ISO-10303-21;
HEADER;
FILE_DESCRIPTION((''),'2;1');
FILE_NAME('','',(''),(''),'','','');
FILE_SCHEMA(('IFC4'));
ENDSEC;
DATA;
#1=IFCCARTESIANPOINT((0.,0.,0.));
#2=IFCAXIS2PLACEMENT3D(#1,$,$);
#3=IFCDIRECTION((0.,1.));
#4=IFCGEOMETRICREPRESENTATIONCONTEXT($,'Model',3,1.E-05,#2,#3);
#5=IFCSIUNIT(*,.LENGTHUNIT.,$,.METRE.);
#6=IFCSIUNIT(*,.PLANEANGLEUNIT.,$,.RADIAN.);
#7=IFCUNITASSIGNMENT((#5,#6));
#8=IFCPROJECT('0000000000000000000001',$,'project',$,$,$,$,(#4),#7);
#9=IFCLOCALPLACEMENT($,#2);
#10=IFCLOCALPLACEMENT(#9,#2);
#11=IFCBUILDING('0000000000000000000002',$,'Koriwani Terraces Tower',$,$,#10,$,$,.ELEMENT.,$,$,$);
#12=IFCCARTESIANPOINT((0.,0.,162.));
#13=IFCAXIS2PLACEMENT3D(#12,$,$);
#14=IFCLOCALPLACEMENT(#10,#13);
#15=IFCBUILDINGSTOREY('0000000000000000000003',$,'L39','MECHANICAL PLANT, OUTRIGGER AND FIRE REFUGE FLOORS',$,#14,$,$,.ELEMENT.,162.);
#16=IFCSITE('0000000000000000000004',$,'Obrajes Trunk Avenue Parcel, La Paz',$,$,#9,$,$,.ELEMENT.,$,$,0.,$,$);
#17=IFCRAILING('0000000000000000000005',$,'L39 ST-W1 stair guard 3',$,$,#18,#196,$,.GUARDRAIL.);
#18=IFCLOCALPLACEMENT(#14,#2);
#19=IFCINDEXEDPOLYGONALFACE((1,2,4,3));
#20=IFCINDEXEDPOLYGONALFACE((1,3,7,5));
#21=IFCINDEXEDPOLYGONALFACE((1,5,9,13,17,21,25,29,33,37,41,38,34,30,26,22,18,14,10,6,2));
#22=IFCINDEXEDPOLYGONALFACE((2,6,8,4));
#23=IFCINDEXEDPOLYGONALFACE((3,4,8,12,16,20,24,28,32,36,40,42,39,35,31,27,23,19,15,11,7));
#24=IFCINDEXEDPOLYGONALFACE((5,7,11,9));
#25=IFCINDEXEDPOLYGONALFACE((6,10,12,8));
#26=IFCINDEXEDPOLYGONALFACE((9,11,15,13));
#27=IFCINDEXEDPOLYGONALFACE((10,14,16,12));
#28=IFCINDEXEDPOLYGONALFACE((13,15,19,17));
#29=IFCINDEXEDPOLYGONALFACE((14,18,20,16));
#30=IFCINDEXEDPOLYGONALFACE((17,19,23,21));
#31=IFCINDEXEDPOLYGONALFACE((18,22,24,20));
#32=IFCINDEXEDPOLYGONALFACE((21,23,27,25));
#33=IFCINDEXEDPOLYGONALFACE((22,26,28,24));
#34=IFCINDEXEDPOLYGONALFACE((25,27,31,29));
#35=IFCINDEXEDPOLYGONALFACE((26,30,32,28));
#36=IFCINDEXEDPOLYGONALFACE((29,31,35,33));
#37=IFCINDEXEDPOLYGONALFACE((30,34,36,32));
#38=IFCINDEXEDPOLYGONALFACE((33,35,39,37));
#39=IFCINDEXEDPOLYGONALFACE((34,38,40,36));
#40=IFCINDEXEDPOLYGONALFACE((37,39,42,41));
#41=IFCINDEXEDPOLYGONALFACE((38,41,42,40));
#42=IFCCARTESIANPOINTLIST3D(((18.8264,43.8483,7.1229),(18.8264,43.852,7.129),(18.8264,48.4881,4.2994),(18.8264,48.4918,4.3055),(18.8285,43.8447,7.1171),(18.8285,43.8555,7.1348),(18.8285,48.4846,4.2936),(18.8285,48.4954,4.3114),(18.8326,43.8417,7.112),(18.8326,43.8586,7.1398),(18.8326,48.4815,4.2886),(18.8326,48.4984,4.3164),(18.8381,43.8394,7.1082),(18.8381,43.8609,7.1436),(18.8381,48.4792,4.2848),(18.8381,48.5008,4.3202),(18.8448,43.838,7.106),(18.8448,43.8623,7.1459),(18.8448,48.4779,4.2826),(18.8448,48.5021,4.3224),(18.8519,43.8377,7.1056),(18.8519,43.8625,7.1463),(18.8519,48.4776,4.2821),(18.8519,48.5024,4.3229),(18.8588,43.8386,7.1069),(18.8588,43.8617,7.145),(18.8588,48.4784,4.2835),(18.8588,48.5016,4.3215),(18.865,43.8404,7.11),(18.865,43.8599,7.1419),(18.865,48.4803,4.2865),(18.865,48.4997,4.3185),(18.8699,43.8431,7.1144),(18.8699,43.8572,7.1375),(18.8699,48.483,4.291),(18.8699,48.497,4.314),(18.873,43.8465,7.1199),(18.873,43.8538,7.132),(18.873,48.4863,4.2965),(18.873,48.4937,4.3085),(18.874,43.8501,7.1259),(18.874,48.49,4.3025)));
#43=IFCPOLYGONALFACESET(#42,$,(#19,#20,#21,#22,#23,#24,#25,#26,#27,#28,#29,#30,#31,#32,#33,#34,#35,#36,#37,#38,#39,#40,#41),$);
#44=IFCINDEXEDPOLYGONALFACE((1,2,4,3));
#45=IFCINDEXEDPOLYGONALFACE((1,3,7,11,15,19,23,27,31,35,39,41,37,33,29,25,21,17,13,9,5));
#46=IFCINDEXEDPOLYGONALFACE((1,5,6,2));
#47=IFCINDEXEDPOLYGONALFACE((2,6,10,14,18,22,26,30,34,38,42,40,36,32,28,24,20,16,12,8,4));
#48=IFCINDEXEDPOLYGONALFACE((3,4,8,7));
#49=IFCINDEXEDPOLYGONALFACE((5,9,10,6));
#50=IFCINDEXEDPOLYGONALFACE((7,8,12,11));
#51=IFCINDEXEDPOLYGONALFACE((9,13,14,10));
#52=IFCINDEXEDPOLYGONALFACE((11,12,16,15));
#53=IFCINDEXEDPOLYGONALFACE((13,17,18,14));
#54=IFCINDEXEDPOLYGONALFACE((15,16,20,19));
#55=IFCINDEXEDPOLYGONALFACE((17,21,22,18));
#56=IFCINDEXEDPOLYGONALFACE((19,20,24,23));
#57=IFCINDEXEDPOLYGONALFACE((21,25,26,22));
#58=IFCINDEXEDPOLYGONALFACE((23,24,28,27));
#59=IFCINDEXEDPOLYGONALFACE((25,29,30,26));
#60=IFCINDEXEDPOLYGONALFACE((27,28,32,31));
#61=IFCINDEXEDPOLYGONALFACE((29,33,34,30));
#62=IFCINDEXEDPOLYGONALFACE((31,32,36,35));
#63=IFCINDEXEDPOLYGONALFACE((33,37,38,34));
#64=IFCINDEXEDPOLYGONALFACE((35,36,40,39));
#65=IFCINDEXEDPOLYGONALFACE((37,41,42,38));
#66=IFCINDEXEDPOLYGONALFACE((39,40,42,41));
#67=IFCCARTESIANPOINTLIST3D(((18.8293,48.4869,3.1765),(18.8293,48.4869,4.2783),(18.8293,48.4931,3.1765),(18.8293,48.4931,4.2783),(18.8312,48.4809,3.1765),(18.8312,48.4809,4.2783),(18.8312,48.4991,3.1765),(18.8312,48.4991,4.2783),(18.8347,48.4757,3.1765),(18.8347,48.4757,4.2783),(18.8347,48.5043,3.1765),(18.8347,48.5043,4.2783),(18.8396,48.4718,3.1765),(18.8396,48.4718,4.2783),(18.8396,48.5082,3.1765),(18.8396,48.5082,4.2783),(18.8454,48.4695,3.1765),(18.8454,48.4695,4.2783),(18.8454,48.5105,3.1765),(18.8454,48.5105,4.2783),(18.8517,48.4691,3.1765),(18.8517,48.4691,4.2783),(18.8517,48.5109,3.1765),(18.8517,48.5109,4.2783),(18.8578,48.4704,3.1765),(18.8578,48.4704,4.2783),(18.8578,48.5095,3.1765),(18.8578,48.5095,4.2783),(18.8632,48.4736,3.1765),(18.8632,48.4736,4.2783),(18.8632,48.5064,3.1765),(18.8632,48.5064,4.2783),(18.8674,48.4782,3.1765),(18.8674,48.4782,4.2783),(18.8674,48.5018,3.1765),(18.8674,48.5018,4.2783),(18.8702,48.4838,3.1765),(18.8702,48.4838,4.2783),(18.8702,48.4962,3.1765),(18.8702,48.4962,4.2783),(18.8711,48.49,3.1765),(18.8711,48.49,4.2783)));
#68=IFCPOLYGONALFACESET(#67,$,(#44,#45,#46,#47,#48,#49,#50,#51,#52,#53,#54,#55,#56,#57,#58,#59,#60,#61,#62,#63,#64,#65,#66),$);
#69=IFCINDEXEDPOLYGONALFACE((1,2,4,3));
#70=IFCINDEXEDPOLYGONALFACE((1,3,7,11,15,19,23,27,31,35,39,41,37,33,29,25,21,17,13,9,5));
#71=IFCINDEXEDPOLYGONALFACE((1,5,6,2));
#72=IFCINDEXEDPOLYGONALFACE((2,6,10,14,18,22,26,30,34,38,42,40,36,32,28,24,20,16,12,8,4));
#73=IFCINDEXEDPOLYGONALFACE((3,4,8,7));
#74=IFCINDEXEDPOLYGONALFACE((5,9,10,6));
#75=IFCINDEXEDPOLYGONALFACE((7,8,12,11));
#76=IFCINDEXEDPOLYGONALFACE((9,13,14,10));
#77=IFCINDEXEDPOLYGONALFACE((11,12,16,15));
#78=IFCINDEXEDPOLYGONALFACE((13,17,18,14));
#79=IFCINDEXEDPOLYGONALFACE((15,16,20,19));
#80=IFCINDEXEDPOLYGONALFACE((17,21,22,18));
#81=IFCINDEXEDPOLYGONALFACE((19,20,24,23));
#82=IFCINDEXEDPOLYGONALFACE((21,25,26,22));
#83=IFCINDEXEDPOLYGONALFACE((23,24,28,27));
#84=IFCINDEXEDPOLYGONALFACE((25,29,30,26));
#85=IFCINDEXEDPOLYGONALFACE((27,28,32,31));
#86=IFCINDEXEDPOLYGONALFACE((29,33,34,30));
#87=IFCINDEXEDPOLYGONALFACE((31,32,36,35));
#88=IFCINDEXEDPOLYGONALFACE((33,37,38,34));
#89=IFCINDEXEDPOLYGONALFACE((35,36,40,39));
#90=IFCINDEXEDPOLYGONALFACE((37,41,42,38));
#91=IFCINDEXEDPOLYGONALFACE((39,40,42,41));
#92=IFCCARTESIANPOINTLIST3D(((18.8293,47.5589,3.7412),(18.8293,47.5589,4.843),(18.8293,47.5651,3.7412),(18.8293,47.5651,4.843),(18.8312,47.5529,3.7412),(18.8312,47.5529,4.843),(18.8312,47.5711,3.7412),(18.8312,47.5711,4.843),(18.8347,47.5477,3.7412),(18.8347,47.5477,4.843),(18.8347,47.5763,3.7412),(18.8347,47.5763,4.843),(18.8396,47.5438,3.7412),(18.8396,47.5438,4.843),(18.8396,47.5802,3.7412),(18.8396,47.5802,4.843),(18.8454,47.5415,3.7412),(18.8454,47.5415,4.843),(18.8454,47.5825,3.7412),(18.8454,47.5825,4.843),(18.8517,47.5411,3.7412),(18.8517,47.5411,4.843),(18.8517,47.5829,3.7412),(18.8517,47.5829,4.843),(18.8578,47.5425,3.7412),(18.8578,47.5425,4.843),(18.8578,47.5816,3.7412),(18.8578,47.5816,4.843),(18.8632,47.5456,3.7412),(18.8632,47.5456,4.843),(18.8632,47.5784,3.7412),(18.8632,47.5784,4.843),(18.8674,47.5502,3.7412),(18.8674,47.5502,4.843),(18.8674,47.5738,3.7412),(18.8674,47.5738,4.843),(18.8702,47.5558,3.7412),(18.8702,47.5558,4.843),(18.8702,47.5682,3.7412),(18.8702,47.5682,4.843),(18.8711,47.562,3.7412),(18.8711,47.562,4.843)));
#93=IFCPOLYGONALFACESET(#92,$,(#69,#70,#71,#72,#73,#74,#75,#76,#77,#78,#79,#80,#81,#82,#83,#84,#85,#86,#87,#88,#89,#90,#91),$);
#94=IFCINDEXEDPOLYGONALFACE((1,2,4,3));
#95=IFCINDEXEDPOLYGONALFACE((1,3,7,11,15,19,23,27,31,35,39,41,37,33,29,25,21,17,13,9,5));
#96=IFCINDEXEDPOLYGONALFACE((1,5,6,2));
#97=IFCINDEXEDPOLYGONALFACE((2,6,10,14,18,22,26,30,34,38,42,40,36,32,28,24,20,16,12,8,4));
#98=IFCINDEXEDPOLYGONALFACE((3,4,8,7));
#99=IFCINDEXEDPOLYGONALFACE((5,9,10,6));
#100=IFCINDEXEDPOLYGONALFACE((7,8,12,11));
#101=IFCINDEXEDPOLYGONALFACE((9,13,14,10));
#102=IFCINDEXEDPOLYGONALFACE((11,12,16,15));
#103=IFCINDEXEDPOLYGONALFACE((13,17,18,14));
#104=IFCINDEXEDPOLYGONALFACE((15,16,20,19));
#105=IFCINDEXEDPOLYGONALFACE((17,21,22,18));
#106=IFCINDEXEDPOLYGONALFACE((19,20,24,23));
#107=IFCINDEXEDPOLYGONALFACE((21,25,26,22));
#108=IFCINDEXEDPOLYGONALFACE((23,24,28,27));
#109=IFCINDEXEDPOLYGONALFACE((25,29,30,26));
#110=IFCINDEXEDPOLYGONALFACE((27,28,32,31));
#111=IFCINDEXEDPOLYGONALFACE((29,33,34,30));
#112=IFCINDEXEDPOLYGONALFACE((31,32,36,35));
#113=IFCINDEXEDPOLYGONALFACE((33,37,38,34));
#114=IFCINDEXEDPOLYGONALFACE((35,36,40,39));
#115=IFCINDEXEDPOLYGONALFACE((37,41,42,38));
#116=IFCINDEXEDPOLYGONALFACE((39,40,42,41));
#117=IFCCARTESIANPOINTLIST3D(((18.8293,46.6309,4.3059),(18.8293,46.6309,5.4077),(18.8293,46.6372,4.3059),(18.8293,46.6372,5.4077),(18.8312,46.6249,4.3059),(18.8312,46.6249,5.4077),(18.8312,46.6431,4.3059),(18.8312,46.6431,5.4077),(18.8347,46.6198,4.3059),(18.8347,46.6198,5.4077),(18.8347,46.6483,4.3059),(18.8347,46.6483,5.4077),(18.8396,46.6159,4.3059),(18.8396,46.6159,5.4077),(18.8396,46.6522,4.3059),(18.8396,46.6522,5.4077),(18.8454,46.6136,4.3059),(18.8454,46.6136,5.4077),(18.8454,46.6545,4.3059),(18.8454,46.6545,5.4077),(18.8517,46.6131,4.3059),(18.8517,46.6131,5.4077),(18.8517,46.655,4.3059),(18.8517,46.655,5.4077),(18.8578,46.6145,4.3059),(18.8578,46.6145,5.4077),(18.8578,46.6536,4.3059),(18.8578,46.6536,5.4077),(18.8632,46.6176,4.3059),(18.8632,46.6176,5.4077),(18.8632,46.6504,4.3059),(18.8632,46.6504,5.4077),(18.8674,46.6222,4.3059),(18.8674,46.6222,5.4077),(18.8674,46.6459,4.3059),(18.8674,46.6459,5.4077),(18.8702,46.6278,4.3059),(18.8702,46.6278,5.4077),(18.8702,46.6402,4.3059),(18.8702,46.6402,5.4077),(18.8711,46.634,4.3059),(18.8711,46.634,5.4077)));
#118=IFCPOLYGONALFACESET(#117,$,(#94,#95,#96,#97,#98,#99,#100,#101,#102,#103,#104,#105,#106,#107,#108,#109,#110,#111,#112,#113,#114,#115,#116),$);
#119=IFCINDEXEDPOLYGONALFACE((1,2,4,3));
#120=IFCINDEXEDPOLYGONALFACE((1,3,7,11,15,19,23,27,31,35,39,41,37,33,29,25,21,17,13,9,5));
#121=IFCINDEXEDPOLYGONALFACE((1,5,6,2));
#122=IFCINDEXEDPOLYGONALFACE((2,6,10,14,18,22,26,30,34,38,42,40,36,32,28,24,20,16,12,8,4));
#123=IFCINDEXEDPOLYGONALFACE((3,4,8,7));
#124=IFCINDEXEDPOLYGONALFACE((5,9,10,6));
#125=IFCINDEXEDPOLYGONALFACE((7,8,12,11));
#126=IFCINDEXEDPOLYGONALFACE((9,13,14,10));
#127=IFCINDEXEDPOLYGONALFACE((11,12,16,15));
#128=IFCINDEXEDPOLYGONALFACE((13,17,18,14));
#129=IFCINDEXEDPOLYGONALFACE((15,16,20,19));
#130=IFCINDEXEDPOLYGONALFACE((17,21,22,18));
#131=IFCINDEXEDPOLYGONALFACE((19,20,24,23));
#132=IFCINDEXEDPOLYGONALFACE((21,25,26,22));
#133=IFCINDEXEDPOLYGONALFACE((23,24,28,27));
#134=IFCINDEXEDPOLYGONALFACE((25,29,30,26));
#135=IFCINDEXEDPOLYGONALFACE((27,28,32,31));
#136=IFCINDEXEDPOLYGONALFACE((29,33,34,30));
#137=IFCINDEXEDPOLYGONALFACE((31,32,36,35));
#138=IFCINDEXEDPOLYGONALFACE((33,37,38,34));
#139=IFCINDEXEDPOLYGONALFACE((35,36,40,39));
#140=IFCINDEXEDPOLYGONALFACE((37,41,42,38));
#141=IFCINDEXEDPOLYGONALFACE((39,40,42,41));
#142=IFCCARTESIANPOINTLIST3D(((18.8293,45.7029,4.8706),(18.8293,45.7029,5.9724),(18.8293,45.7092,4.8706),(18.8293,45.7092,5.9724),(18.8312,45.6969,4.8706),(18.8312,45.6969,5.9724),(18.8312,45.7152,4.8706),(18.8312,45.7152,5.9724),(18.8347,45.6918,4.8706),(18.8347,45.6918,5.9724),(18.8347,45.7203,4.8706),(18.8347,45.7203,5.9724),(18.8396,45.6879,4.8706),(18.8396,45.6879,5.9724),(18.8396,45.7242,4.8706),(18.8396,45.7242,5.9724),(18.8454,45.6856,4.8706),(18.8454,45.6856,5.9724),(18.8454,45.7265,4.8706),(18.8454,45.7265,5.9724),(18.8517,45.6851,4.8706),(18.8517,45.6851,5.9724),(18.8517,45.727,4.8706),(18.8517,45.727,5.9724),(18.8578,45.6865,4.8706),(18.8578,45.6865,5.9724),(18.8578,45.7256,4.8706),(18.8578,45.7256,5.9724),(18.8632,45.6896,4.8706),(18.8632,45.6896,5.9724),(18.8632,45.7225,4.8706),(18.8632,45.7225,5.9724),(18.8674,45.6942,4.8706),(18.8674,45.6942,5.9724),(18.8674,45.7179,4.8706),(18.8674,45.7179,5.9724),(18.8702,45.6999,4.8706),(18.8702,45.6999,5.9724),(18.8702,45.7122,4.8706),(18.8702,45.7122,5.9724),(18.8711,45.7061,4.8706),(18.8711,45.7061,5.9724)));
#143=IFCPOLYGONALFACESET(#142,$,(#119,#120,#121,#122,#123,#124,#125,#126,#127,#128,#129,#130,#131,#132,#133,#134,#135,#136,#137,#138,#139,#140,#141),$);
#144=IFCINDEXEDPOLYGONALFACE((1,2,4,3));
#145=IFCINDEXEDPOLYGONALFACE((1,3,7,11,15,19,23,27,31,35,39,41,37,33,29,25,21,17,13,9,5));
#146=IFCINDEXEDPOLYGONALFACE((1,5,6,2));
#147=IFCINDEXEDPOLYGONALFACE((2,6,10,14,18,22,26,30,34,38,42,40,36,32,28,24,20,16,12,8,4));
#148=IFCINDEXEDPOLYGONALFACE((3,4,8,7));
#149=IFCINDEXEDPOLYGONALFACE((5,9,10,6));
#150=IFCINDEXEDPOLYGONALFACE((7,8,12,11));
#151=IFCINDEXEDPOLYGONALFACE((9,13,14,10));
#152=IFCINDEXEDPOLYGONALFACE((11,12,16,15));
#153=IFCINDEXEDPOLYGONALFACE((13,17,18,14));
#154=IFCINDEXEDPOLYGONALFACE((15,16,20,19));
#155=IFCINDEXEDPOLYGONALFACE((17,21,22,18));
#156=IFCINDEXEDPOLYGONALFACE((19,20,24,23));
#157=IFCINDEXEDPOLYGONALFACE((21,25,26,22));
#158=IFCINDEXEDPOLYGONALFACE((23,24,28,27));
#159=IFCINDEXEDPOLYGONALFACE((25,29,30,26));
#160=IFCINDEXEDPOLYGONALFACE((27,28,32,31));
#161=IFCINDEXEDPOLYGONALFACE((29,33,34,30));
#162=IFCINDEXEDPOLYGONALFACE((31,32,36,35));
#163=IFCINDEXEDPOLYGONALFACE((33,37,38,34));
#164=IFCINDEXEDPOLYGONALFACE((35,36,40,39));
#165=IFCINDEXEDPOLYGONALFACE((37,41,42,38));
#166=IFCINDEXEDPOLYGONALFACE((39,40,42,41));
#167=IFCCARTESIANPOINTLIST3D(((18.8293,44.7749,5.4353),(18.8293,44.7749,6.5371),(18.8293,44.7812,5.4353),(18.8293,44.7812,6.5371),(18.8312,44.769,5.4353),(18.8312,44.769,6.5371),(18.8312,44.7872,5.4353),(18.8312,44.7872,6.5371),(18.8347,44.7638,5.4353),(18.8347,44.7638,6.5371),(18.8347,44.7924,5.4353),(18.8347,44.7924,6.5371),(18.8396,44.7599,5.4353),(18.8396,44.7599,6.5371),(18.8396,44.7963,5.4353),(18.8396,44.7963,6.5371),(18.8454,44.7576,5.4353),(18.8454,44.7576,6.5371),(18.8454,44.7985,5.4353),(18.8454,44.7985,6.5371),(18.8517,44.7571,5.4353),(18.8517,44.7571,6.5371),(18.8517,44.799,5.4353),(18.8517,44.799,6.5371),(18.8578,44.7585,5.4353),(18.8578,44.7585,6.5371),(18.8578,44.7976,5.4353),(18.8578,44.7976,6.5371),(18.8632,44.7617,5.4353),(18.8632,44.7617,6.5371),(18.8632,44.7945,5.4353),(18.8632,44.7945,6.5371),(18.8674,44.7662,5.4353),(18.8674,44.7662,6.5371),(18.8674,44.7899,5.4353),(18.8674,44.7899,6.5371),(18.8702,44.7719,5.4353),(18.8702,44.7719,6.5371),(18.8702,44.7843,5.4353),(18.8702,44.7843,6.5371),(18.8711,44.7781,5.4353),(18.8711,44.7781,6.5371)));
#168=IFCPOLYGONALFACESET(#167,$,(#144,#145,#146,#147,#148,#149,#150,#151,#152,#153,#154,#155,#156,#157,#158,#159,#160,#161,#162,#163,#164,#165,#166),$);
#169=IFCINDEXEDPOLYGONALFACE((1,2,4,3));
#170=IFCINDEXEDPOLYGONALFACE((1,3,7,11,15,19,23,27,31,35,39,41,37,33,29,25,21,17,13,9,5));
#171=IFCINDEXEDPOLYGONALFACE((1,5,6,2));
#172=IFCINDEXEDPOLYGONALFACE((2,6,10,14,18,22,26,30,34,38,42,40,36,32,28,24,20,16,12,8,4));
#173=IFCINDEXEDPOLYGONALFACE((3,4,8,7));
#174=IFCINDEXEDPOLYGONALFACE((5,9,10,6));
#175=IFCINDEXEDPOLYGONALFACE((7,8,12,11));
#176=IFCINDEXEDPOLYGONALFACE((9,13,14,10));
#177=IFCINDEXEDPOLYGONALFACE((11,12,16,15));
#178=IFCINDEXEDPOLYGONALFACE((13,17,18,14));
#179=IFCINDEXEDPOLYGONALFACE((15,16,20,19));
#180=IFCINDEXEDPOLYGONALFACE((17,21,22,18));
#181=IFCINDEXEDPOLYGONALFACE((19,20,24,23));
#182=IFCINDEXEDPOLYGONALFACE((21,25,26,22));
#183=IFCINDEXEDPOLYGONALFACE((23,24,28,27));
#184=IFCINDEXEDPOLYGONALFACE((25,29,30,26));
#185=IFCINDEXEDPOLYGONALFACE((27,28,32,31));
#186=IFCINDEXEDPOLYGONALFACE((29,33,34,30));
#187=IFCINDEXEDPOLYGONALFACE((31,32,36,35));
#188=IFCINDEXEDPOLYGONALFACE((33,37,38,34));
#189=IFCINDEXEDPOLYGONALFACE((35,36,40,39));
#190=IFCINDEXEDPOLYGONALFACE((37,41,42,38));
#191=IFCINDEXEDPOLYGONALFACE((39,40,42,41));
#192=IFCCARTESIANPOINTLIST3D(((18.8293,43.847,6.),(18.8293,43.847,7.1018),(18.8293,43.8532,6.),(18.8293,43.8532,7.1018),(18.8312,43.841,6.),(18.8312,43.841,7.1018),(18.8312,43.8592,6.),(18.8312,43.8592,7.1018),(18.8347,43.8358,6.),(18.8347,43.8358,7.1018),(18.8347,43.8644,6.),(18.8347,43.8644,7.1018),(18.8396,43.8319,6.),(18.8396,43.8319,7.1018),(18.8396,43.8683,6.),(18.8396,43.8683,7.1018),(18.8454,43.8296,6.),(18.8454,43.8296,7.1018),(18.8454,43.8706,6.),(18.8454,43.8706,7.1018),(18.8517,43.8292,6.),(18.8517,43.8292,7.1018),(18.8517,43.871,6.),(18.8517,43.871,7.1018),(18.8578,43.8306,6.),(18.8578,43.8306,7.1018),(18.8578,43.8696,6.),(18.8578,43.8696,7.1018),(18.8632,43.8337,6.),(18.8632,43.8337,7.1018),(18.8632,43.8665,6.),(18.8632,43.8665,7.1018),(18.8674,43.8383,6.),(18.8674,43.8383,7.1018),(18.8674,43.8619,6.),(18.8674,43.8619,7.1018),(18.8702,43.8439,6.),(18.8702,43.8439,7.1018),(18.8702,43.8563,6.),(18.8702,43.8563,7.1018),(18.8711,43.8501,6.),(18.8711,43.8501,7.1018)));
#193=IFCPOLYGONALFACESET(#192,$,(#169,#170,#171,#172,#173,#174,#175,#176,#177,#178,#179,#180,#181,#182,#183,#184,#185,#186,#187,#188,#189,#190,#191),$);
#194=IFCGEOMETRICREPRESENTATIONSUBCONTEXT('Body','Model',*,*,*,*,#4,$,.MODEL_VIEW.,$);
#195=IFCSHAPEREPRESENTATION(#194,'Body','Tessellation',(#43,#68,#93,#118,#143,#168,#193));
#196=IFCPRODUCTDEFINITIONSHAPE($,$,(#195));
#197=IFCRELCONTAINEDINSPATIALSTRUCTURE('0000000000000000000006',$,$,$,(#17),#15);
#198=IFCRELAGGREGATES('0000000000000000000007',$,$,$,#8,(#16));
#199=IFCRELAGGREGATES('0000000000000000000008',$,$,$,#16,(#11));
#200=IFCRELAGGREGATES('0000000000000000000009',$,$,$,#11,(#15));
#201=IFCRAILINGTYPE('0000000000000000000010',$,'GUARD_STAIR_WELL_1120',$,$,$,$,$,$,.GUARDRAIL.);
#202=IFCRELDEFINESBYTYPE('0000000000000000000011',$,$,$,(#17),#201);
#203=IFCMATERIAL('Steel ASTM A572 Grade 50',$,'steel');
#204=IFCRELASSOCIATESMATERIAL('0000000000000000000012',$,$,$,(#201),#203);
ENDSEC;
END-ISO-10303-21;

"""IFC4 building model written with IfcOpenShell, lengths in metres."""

from ifc_helpers import new_model, si_unit, direction, frame, origin, origin_2d, place, context, subcontext, project, spatial, circle, extrude, material, type_object, element, save


model = new_model("IFC4")

# Units and contexts
model_context = context("Model", 3, precision=1e-05, world=origin(), true_north=direction((0.0, 1.0)))
body_context = subcontext(model_context, "Body", "Model", "MODEL_VIEW")
ifc_project = project(units=[si_unit("LENGTHUNIT", "METRE"), si_unit("PLANEANGLEUNIT", "RADIAN")], contexts=[model_context])

# Site, building, storey
site_placement = place(None, origin())
site = spatial("IfcSite", under=ifc_project, at=site_placement, Name="Obrajes Trunk Avenue Parcel, La Paz", CompositionType="ELEMENT", RefElevation=0.0)
building_placement = place(site_placement, origin())
building = spatial("IfcBuilding", under=site, at=building_placement, Name="Koriwani Terraces Tower", CompositionType="ELEMENT")
storey_placement = place(building_placement, frame((0.0, 0.0, 162.0)))
storey = spatial("IfcBuildingStorey", under=building, at=storey_placement, Name="L39", Description="MECHANICAL PLANT, OUTRIGGER AND FIRE REFUGE FLOORS", CompositionType="ELEMENT", Elevation=162.0)

# Shared definitions
ifc_material_1 = material(Name="Steel ASTM A572 Grade 50", Category="steel")

# Railing
railing_type_1 = type_object("IfcRailingType", Name="GUARD_STAIR_WELL_1120", PredefinedType="GUARDRAIL", material=ifc_material_1)
railing_1_placement = place(storey_placement, frame((18.8501, 48.49, 3.1765)))
element("IfcRailing", 1, at=railing_1_placement, inside=storey, type_object=railing_type_1, Name="L39 ST-W1 stair guard 3", PredefinedType="GUARDRAIL", context=body_context, shape_type="SweptSolid", body=[
    extrude(circle(Radius=0.0239, at=origin_2d()), frame((0.0, 0.0, 1.126), z_axis=(0.0, -0.854264, 0.51984), x_axis=(1.0, 0.0, 0.0)), (0.0, 0.0, 1.0), 5.4314),
    extrude(circle(Radius=0.021, at=origin_2d()), origin(), (0.0, 0.0, 1.0), 1.1018),
    extrude(circle(Radius=0.021, at=origin_2d()), frame((0.0, -0.928, 0.5647)), (0.0, 0.0, 1.0), 1.1018),
    extrude(circle(Radius=0.021, at=origin_2d()), frame((0.0, -1.856, 1.1294)), (0.0, 0.0, 1.0), 1.1018),
    extrude(circle(Radius=0.021, at=origin_2d()), frame((0.0, -2.7839, 1.6941)), (0.0, 0.0, 1.0), 1.1018),
    extrude(circle(Radius=0.021, at=origin_2d()), frame((0.0, -3.7119, 2.2588)), (0.0, 0.0, 1.0), 1.1018),
    extrude(circle(Radius=0.021, at=origin_2d()), frame((0.0, -4.6399, 2.8235)), (0.0, 0.0, 1.0), 1.1018),
])

save(model, "model.ifc")
